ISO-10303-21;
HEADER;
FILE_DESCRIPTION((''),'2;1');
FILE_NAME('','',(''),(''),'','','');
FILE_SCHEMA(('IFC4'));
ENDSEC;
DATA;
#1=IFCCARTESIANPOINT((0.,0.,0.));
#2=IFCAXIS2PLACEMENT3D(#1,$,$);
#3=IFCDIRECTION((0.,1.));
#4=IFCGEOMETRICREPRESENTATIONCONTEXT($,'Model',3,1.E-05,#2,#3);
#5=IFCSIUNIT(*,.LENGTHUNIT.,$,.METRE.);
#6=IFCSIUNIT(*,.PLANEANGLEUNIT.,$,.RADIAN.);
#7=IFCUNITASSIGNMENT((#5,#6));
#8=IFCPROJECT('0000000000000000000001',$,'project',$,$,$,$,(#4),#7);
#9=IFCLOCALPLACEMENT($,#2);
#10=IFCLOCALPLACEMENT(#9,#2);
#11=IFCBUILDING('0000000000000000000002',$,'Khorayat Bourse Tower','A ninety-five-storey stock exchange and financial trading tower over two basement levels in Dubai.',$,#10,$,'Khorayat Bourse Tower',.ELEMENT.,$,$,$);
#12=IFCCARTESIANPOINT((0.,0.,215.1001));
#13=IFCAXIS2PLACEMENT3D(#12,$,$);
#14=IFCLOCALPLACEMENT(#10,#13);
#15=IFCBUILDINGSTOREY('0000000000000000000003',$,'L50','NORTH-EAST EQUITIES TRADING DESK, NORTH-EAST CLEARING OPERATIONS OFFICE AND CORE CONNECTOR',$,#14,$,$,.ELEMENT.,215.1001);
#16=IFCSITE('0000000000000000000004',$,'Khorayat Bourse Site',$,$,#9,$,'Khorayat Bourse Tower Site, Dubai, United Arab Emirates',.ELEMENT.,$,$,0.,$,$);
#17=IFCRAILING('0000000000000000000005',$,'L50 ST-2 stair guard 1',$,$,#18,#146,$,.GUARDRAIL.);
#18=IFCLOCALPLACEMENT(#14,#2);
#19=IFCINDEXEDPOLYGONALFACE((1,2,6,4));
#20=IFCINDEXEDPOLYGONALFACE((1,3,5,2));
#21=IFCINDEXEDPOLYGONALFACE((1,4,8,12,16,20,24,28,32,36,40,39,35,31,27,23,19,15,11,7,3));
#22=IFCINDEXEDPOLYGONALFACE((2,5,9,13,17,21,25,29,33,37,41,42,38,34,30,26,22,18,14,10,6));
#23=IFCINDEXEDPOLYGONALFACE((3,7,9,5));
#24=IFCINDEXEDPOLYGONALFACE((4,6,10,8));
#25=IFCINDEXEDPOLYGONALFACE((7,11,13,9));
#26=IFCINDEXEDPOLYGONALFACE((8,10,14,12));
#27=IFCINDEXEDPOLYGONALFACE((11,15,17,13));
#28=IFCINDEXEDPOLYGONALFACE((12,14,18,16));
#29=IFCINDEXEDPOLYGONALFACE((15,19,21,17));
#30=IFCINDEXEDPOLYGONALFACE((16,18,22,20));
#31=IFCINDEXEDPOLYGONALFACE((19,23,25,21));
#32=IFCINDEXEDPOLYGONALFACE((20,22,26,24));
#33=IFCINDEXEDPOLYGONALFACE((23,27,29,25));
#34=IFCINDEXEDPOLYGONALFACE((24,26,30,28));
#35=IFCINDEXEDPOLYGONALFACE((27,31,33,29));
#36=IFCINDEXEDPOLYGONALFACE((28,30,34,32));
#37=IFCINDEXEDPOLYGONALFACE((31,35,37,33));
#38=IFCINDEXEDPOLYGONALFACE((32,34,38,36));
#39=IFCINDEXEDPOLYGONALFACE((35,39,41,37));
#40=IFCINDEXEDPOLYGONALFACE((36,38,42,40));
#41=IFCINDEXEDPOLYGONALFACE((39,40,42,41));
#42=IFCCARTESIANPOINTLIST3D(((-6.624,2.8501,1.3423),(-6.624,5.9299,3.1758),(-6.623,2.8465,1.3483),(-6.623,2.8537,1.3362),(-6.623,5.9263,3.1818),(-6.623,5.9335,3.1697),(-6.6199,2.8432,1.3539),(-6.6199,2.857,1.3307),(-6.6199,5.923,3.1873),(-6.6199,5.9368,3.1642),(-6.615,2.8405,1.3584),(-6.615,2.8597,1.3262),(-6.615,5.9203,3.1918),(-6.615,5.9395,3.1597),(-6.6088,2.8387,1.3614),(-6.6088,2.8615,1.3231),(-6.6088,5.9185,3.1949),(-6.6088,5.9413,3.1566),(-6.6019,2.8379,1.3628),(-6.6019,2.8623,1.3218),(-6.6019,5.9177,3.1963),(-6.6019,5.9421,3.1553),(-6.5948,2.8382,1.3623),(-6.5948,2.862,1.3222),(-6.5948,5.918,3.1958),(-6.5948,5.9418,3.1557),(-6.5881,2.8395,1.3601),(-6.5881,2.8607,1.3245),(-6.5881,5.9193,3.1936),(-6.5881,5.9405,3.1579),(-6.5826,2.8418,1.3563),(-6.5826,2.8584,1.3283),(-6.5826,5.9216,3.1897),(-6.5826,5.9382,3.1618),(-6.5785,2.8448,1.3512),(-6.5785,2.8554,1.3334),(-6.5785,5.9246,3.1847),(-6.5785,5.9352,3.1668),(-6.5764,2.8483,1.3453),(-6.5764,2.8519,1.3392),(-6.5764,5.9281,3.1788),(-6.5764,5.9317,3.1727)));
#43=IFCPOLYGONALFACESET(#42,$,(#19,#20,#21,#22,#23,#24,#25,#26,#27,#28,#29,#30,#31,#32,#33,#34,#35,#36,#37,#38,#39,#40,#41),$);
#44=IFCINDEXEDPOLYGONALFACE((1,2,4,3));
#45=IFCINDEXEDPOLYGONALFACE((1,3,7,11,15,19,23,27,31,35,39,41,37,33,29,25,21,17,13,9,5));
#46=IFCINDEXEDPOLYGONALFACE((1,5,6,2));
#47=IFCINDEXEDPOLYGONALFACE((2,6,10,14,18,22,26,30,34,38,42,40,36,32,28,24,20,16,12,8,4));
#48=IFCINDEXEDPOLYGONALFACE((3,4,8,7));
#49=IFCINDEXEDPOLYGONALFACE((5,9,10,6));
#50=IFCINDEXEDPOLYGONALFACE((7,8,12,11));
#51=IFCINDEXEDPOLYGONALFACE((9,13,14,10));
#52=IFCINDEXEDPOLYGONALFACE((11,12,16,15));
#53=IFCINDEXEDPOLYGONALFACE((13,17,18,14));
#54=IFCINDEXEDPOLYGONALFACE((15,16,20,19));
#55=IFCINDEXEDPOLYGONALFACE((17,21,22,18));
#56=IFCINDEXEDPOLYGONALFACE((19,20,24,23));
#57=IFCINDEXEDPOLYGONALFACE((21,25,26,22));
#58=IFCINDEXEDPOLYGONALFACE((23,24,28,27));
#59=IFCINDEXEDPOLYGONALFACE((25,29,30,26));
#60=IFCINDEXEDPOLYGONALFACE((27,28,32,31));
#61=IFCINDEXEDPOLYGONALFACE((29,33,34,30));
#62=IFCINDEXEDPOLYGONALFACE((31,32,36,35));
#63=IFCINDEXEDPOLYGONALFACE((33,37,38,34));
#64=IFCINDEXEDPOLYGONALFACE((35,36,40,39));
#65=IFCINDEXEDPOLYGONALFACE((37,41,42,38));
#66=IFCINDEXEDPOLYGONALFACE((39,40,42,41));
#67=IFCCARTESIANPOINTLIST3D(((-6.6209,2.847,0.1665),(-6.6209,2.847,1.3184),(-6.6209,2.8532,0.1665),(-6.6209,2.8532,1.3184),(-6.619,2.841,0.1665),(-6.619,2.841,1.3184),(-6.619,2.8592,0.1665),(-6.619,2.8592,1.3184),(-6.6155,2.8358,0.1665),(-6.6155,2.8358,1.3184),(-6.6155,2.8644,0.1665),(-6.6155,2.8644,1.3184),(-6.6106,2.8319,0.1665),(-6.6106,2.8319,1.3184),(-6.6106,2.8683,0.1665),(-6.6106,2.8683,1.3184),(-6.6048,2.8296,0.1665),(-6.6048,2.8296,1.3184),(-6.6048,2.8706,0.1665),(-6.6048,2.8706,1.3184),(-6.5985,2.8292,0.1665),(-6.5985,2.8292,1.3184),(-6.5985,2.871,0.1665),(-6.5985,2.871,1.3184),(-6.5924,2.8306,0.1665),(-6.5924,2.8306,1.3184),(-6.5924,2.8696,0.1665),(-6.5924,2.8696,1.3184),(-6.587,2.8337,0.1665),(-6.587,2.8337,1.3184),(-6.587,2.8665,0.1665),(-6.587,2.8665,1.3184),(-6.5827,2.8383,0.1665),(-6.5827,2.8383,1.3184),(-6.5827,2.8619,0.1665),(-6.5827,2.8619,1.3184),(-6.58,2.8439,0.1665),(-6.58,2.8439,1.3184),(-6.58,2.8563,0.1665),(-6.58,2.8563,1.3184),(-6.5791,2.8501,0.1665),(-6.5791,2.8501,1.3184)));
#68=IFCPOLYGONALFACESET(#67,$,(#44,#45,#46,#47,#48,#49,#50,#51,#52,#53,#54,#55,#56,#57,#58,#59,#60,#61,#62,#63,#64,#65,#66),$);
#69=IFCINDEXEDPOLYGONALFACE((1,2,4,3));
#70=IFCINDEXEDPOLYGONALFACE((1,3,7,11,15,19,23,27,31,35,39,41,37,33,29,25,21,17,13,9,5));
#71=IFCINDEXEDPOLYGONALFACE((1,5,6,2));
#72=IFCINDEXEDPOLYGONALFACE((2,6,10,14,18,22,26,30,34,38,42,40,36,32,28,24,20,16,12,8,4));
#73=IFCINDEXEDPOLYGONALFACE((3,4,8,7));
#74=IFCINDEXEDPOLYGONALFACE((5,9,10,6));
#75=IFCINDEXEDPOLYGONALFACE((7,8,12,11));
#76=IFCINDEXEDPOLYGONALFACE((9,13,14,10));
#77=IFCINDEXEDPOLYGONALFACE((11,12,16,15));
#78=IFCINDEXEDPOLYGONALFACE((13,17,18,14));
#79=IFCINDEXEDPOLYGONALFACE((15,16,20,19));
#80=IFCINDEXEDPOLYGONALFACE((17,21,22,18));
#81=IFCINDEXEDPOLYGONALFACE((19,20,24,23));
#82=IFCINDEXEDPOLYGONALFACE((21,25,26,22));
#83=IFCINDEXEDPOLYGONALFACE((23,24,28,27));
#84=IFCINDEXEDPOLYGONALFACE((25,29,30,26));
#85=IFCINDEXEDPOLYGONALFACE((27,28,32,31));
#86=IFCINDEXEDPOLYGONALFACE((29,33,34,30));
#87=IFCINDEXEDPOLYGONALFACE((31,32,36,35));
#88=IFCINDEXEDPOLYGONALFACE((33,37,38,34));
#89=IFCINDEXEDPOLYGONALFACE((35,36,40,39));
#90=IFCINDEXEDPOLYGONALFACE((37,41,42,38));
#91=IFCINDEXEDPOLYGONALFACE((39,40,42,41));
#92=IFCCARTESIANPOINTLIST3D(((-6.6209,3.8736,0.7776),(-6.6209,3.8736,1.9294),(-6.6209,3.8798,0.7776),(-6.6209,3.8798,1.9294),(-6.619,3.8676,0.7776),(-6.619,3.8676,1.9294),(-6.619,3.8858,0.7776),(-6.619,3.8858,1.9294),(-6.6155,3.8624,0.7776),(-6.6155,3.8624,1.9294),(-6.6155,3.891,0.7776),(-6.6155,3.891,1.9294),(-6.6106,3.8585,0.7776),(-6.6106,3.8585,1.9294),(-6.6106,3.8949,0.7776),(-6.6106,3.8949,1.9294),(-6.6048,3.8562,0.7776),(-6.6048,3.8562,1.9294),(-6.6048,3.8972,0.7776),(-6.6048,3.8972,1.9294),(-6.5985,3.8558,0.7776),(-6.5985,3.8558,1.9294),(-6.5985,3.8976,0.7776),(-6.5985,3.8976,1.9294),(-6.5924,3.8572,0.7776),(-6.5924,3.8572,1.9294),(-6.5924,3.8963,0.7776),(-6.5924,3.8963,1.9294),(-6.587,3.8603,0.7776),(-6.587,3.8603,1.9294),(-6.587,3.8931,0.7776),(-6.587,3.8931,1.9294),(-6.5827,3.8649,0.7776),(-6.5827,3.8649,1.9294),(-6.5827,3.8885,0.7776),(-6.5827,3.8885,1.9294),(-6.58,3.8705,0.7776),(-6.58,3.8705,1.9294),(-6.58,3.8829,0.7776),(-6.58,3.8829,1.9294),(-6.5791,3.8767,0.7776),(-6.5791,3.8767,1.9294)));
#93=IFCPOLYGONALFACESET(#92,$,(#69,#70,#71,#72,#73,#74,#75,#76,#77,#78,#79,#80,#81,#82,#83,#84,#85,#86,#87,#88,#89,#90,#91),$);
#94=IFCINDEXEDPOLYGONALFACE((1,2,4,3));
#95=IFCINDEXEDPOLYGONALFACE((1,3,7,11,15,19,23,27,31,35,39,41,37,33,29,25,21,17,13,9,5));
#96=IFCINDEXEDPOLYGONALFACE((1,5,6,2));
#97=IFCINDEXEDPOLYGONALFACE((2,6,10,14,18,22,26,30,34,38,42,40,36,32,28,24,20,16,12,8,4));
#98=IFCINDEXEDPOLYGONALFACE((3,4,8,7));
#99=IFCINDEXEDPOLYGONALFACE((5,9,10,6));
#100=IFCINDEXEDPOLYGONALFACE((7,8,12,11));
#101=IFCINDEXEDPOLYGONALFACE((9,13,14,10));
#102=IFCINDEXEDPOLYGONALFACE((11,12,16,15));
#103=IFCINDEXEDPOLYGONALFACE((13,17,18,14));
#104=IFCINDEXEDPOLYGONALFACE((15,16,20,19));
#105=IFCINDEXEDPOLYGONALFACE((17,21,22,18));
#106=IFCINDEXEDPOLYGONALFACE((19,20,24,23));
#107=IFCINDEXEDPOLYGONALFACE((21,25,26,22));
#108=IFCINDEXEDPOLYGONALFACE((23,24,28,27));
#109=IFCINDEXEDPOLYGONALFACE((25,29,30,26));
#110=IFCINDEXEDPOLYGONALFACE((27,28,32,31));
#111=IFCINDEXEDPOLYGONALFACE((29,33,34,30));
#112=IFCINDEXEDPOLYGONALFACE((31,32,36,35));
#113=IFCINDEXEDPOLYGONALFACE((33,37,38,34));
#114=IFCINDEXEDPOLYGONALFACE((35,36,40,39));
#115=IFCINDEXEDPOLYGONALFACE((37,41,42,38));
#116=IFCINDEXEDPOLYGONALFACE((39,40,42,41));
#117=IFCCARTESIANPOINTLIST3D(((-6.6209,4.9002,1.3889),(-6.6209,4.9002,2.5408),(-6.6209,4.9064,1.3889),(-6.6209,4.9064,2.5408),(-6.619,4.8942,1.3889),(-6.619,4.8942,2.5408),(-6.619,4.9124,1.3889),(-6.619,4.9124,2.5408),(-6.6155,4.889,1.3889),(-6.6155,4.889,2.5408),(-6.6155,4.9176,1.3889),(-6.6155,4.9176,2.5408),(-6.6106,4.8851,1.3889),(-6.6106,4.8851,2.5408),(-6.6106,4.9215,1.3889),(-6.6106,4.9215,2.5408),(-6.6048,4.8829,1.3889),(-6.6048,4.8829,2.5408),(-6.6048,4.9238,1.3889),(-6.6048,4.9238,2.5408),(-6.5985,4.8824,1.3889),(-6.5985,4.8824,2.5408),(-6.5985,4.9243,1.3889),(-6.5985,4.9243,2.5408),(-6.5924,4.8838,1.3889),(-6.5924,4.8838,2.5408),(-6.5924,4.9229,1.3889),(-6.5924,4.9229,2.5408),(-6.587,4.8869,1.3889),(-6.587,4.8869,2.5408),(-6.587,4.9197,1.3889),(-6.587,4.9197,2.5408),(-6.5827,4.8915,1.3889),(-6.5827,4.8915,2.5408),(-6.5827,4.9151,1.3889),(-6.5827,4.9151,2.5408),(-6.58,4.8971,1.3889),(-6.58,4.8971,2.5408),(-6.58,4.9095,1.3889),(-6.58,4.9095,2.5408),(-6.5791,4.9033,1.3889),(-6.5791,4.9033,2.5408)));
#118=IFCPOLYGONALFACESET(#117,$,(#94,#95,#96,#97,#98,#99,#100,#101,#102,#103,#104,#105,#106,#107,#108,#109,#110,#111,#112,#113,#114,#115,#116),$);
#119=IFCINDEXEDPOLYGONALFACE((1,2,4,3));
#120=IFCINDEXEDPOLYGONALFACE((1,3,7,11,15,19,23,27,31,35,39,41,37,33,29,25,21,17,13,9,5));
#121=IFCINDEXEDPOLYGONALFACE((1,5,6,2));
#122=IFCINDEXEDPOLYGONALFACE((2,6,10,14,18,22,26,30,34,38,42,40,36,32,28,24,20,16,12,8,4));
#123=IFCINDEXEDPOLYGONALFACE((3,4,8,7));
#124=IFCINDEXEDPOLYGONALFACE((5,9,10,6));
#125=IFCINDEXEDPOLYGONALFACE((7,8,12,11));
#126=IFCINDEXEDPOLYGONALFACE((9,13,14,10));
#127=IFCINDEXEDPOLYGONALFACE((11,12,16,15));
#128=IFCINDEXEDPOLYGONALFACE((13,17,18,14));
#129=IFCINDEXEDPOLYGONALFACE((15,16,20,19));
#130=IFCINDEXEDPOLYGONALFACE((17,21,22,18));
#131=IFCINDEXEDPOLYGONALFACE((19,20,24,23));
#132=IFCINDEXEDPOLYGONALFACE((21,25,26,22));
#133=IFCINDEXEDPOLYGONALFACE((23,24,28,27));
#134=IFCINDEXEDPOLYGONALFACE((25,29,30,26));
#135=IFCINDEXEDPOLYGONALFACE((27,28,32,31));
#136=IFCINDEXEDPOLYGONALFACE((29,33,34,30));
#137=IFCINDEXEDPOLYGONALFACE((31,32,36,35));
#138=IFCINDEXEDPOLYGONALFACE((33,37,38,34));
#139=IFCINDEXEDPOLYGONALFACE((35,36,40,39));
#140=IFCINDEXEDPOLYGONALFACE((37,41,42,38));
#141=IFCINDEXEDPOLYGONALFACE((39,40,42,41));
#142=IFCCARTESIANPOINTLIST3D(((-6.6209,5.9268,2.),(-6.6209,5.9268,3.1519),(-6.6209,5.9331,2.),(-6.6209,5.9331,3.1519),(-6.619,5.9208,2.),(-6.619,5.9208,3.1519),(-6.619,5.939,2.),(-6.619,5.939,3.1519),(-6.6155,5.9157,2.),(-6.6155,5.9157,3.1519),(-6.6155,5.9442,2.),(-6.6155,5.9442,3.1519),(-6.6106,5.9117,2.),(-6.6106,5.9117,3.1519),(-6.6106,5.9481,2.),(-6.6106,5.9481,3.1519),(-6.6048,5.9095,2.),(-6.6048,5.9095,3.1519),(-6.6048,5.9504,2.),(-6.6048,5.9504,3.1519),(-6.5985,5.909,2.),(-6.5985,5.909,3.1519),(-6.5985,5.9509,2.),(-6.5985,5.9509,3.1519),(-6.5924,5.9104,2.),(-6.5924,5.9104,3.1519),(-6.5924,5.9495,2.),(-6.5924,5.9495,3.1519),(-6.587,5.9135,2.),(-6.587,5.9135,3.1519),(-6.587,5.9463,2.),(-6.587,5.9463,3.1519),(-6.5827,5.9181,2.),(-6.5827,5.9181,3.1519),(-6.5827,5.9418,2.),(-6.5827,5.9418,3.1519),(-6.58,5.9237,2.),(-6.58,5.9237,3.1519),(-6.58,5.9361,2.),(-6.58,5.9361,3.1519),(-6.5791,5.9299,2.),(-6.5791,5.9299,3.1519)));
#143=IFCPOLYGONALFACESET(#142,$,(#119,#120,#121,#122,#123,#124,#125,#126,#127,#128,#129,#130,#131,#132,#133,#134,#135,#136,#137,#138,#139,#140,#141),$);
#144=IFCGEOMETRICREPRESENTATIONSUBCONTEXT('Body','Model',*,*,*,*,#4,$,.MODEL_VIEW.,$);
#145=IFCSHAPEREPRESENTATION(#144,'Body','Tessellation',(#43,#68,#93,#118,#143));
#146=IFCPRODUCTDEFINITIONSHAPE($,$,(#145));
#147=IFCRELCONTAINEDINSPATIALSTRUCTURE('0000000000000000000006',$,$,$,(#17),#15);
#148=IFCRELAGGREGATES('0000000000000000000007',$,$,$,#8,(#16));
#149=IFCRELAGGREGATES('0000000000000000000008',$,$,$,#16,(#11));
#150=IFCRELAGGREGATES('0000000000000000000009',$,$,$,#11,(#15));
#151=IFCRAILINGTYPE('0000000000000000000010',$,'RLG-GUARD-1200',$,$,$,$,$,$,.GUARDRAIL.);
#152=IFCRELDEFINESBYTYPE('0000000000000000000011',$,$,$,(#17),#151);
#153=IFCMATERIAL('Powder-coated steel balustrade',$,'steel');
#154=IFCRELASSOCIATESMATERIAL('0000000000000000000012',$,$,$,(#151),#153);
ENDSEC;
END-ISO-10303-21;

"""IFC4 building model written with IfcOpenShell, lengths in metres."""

from ifc_helpers import new_model, si_unit, direction, frame, origin, origin_2d, place, context, subcontext, project, spatial, circle, extrude, source, transform, mapped, material, type_object, element, save


model = new_model("IFC4")

# Units and contexts
model_context = context("Model", 3, precision=1e-05, world=origin(), true_north=direction((0.0, 1.0)))
body_context = subcontext(model_context, "Body", "Model", "MODEL_VIEW")
ifc_project = project(units=[si_unit("LENGTHUNIT", "METRE"), si_unit("PLANEANGLEUNIT", "RADIAN")], contexts=[model_context])

# Site, building, storey
site_placement = place(None, origin())
site = spatial("IfcSite", under=ifc_project, at=site_placement, Name="Khorayat Bourse Site", LongName="Khorayat Bourse Tower Site, Dubai, United Arab Emirates", CompositionType="ELEMENT", RefElevation=0.0)
building_placement = place(site_placement, origin())
building = spatial("IfcBuilding", under=site, at=building_placement, Name="Khorayat Bourse Tower", Description="A ninety-five-storey stock exchange and financial trading tower over two basement levels in Dubai.", LongName="Khorayat Bourse Tower", CompositionType="ELEMENT")
storey_placement = place(building_placement, frame((0.0, 0.0, 215.1001)))
storey = spatial("IfcBuildingStorey", under=building, at=storey_placement, Name="L50", Description="NORTH-EAST EQUITIES TRADING DESK, NORTH-EAST CLEARING OPERATIONS OFFICE AND CORE CONNECTOR", CompositionType="ELEMENT", Elevation=215.1001)

# Railing
ifc_material_1 = material(Name="Powder-coated steel balustrade", Category="steel")
railing_type_1 = type_object("IfcRailingType", Name="RLG-GUARD-1200", PredefinedType="GUARDRAIL", material=ifc_material_1)
shared_shape_1 = source(origin(), body_context, "Body", "SweptSolid", [
    extrude(circle(Radius=0.0239, at=origin_2d()), frame((0.0, 0.0, 1.1758), z_axis=(0.0, 0.859261, 0.511538), x_axis=(-1.0, 0.0, 0.0)), (0.0, 0.0, 1.0), 3.5842),
    extrude(circle(Radius=0.021, at=origin_2d()), origin(), (0.0, 0.0, 1.0), 1.1519),
    extrude(circle(Radius=0.021, at=origin_2d()), frame((0.0, 1.0266, 0.6111)), (0.0, 0.0, 1.0), 1.1519),
    extrude(circle(Radius=0.021, at=origin_2d()), frame((0.0, 2.0532, 1.2224)), (0.0, 0.0, 1.0), 1.1519),
    extrude(circle(Radius=0.021, at=origin_2d()), frame((0.0, 3.0798, 1.8335)), (0.0, 0.0, 1.0), 1.1519),
])
railing_1_placement = place(storey_placement, frame((-6.6001, 2.8501, 0.1665)))
element("IfcRailing", 1, at=railing_1_placement, inside=storey, type_object=railing_type_1, Name="L50 ST-2 stair guard 1", PredefinedType="GUARDRAIL", context=body_context, shape_type="MappedRepresentation", body=[
    mapped(shared_shape_1, transform((0.0, 0.0, 0.0), scale=1.0)),
])

save(model, "model.ifc")
